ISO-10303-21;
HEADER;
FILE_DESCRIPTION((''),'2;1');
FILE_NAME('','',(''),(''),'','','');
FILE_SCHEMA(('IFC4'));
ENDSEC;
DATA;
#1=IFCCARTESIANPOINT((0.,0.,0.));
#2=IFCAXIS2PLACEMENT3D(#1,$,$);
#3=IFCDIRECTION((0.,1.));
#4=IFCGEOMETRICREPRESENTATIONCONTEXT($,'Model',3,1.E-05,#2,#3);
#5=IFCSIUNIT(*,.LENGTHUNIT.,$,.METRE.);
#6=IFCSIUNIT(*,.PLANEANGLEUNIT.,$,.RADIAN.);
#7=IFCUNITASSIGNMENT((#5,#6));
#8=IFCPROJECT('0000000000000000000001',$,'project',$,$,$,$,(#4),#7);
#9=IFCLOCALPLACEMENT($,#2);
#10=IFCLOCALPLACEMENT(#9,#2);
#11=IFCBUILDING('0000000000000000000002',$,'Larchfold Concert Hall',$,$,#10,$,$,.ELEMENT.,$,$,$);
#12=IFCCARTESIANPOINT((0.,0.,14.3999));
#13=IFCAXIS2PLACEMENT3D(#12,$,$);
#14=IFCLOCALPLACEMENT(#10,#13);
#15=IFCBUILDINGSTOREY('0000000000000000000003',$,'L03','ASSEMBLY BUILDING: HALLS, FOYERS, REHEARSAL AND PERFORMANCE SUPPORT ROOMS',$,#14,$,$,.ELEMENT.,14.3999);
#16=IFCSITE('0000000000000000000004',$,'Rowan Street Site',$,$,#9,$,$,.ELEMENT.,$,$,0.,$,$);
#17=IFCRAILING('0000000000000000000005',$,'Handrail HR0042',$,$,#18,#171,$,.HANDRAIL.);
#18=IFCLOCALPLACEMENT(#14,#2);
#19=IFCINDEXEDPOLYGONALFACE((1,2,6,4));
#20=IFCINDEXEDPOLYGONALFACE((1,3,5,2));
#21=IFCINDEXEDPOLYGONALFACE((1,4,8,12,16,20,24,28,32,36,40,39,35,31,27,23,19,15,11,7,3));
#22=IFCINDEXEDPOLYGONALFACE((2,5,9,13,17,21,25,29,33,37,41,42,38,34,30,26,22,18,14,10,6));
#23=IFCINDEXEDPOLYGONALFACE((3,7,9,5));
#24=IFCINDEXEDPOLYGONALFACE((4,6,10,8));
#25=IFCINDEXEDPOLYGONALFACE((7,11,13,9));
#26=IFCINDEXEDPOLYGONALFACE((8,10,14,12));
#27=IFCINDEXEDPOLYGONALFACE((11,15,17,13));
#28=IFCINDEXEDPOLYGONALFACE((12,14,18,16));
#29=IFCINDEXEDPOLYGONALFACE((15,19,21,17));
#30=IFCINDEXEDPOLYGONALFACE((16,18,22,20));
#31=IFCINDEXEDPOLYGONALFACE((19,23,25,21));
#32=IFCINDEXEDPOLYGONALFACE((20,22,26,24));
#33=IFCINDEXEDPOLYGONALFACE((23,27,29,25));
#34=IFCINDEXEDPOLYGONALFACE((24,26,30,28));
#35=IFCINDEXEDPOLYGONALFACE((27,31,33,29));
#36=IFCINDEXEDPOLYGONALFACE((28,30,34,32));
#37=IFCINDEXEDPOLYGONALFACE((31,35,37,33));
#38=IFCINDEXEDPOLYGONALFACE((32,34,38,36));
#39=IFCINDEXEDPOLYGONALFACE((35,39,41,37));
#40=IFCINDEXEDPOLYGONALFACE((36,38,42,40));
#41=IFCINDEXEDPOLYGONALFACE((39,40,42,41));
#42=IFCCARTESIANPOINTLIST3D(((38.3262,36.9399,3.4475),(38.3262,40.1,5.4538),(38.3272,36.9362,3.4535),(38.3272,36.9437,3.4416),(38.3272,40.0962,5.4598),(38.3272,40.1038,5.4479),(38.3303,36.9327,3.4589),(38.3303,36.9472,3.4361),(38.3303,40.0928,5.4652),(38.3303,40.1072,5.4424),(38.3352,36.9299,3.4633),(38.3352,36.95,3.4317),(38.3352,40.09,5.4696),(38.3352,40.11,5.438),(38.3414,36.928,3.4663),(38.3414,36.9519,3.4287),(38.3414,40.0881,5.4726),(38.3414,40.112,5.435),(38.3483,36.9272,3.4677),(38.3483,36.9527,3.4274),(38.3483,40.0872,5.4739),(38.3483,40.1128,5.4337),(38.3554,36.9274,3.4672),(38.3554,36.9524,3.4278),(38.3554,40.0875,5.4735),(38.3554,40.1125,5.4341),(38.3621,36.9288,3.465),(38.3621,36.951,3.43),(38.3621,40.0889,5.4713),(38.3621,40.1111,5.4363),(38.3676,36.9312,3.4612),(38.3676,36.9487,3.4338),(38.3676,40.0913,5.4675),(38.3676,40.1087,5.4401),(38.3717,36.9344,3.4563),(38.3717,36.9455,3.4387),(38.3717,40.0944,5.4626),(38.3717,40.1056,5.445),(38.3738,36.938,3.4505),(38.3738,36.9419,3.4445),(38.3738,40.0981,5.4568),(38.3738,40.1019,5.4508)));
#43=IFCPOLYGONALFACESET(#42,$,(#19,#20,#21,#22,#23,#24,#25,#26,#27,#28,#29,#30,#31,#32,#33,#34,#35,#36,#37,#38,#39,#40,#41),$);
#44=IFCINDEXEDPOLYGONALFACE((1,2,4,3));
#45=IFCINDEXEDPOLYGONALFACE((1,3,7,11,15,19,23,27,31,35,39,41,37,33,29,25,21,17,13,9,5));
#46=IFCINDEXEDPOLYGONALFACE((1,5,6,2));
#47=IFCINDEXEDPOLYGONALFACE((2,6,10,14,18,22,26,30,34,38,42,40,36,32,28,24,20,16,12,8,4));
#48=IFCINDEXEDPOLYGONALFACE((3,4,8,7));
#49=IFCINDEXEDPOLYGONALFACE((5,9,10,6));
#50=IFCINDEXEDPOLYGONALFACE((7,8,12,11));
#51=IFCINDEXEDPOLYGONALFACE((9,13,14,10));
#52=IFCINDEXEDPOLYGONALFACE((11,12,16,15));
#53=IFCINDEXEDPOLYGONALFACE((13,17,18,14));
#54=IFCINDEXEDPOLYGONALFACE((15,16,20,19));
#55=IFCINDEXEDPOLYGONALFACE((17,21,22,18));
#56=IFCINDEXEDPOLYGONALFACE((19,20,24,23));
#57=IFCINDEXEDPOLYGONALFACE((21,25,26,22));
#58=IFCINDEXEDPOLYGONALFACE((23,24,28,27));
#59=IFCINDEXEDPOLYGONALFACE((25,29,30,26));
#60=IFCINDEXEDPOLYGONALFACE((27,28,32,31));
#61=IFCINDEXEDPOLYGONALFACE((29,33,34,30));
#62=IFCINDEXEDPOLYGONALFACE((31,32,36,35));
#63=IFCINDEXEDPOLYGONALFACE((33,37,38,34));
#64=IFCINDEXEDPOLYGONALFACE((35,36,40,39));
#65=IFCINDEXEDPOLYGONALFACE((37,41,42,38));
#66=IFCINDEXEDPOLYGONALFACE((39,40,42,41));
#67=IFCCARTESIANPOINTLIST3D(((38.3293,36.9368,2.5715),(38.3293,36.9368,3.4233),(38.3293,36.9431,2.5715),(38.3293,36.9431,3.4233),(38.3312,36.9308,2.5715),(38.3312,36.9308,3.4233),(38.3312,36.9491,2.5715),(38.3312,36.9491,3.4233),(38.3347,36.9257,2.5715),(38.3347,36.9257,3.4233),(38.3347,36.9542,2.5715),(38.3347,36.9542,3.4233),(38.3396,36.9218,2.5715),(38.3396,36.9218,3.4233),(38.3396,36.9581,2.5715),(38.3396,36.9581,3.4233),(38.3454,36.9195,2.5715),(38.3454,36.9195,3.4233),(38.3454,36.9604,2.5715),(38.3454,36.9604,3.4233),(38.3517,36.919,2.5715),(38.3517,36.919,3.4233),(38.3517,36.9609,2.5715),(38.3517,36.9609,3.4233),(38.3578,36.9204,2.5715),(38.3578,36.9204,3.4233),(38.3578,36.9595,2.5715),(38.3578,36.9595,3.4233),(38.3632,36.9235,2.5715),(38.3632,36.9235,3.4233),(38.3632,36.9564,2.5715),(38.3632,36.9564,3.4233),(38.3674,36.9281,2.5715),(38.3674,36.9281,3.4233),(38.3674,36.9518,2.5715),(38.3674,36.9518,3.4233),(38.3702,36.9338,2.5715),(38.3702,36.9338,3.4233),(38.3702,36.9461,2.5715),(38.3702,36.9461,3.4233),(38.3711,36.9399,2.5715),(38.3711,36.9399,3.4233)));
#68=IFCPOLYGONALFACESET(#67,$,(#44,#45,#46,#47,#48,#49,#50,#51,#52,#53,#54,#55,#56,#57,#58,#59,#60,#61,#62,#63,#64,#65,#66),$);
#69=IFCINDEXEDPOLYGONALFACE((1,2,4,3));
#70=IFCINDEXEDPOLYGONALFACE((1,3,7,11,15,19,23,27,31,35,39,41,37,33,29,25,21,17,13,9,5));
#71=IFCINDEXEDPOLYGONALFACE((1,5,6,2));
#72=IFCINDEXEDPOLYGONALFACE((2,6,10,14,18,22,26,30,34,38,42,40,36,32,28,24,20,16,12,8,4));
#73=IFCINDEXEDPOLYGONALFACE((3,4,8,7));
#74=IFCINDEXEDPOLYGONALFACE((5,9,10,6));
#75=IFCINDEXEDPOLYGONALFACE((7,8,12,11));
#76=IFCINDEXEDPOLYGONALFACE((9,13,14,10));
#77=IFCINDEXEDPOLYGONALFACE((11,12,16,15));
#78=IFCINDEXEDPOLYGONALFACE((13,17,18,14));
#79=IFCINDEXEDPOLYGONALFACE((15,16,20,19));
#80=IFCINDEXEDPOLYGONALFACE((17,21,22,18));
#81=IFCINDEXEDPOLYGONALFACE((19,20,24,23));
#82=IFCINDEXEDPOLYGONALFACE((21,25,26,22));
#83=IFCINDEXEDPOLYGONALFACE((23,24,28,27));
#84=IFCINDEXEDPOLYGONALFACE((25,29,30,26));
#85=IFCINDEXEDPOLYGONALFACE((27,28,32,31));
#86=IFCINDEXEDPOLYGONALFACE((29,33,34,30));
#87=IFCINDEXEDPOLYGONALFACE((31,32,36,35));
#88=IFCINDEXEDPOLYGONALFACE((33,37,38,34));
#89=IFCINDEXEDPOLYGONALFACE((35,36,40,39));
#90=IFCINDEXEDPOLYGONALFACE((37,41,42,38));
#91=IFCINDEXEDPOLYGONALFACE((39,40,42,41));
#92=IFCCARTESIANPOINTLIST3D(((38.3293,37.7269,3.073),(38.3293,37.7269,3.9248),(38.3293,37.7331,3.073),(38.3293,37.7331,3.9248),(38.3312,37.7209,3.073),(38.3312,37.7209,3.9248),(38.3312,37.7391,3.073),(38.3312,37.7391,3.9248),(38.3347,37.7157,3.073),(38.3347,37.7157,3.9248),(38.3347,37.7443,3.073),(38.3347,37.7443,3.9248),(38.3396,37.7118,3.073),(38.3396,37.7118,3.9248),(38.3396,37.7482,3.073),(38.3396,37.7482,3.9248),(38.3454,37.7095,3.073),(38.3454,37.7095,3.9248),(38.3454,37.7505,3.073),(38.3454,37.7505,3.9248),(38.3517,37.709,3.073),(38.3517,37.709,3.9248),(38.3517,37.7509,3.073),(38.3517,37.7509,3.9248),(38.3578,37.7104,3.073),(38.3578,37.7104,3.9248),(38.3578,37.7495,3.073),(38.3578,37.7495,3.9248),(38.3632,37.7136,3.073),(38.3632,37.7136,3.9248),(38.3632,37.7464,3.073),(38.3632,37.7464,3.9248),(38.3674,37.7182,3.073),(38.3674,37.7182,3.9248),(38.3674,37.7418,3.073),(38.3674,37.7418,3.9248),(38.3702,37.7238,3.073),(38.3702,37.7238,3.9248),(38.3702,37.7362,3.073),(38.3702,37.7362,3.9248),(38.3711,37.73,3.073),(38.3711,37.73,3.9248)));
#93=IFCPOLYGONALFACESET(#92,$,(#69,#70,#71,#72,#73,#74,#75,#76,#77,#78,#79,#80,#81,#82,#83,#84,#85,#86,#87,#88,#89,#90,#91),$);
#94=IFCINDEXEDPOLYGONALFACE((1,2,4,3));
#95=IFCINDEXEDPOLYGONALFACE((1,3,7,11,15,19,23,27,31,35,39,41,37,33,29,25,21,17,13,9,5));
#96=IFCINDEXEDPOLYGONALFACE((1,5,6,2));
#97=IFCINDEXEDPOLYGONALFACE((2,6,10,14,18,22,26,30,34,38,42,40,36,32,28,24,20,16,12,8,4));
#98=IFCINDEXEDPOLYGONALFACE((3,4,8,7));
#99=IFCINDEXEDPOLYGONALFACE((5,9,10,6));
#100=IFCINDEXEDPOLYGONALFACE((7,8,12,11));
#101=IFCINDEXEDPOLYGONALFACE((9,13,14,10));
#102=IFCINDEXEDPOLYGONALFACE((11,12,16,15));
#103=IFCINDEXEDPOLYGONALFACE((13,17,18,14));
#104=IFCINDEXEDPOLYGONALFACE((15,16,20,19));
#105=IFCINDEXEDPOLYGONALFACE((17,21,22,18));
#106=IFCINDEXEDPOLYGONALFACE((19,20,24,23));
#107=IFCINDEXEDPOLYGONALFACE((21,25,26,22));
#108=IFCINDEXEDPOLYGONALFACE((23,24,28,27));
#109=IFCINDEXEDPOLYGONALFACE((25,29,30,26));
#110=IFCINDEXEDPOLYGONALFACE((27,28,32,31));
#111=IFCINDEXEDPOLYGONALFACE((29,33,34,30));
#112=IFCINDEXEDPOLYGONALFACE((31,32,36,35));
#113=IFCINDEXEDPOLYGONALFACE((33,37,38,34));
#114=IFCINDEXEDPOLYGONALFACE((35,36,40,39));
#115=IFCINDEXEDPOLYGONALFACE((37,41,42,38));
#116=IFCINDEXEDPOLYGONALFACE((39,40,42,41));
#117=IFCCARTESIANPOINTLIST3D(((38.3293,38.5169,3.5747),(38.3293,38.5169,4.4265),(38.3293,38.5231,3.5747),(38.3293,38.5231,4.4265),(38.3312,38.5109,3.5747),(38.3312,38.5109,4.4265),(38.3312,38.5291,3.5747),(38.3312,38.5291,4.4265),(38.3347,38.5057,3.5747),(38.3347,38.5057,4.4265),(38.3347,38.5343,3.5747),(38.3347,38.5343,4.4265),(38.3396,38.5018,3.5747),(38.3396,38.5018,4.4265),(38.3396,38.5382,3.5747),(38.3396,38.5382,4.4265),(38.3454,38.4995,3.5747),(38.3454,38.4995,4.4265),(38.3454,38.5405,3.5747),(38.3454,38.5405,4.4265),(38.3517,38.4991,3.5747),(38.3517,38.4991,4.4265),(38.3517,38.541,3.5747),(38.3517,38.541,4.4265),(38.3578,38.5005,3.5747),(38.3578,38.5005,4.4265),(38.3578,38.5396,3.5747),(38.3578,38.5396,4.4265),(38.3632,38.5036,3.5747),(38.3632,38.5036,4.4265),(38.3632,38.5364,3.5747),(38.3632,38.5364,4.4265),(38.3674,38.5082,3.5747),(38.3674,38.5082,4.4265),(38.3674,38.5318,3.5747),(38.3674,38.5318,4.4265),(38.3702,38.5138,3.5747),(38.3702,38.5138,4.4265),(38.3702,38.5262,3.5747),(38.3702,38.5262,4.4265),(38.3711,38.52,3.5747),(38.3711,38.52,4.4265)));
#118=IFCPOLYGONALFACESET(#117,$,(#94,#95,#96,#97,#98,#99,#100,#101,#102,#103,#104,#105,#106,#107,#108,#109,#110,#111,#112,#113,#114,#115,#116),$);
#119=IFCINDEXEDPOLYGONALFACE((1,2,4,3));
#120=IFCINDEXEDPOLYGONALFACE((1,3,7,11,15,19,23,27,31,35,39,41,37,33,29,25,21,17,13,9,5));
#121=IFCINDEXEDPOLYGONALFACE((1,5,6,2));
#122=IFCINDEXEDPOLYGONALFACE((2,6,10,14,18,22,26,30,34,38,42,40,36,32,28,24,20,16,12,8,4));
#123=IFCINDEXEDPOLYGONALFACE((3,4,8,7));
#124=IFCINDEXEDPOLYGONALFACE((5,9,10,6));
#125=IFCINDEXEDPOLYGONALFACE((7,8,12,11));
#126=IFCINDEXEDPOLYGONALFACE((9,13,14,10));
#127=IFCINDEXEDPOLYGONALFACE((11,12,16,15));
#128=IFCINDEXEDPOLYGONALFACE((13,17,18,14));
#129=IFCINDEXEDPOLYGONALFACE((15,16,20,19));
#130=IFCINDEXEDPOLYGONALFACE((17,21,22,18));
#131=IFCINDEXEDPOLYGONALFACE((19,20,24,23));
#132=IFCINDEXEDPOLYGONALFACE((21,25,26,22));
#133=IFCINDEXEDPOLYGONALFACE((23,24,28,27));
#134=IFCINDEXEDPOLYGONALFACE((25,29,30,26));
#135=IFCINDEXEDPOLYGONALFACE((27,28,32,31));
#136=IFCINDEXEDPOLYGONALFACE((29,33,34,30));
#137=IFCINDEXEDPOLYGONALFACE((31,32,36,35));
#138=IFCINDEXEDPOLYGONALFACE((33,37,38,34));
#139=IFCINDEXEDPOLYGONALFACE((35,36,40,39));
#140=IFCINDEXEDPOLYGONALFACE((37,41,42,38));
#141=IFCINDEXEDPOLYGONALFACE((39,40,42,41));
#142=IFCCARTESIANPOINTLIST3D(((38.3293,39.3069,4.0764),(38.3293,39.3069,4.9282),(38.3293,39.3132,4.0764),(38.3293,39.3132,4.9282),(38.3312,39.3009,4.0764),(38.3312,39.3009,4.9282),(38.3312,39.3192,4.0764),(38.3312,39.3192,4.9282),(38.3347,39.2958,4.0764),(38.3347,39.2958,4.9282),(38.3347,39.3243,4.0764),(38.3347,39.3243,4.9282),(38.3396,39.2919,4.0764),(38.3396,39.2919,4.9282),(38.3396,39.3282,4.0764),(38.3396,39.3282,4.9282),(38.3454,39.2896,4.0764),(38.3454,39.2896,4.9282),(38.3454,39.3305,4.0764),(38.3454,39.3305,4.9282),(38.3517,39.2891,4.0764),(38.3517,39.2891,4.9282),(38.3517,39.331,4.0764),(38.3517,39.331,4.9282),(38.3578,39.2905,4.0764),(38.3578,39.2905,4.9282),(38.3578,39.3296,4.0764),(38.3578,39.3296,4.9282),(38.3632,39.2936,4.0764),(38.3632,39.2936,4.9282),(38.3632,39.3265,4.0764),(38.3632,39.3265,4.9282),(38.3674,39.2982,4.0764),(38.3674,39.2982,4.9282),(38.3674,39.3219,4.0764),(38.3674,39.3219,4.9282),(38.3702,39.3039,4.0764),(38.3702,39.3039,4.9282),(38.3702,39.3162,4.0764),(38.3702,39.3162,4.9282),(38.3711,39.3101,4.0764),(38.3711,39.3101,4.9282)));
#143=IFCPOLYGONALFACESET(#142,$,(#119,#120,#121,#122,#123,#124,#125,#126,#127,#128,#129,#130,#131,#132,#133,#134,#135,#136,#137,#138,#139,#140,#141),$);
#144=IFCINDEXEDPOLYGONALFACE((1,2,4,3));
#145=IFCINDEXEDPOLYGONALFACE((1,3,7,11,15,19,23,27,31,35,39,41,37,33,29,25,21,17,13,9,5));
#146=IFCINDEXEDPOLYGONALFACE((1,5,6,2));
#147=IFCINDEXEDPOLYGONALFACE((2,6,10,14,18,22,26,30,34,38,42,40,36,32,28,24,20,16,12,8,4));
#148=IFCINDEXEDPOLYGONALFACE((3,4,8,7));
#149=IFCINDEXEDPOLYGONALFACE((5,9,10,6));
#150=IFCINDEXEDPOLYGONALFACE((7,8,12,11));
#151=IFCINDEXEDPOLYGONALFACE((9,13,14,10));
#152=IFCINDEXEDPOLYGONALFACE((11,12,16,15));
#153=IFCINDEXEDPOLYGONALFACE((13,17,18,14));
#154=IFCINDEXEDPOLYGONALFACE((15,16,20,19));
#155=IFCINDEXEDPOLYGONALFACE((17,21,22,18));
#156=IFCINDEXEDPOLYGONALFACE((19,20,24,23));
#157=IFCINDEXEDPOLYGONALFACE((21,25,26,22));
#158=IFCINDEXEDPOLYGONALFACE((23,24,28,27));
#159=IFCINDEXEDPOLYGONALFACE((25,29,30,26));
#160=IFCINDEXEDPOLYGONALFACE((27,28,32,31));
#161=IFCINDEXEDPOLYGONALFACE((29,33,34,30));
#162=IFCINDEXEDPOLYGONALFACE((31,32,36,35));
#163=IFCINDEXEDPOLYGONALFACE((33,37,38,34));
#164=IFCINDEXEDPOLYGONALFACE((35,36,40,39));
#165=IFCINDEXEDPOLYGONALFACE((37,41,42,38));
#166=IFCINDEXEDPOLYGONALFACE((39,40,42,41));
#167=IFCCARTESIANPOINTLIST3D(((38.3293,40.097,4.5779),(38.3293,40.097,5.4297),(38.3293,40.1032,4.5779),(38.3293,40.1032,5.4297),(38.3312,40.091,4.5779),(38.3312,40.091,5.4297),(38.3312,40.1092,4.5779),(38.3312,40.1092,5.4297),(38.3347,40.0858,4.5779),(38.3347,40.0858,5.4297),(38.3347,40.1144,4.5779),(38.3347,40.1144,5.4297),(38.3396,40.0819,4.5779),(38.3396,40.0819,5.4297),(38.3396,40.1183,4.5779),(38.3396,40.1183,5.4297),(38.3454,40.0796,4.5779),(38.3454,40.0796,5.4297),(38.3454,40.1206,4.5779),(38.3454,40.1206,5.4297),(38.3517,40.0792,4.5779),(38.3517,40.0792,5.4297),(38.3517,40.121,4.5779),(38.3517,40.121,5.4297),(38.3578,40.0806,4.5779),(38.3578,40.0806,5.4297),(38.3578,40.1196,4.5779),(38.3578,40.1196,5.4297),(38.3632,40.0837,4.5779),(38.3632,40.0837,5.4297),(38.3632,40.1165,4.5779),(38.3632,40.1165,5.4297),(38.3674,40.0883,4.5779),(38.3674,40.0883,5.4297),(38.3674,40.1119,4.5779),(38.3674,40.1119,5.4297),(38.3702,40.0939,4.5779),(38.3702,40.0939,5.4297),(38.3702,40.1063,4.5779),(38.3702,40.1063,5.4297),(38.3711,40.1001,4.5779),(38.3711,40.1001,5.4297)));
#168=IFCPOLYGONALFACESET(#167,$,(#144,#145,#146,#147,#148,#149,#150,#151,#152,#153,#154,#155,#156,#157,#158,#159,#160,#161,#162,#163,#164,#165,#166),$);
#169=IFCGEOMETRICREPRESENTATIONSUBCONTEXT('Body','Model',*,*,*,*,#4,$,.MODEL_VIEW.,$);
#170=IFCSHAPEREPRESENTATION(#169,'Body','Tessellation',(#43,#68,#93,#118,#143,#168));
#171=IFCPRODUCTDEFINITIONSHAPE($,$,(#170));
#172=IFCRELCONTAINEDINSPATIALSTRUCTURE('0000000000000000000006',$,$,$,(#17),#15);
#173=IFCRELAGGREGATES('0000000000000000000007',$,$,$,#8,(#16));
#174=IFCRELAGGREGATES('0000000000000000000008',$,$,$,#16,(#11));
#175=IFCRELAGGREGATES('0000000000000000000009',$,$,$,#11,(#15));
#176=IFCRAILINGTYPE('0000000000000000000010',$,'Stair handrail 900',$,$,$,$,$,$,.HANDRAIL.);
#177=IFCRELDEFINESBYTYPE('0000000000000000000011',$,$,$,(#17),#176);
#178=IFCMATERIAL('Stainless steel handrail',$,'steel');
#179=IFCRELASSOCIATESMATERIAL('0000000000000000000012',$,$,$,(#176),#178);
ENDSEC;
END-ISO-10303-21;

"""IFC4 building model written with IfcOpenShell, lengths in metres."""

from ifc_helpers import new_model, si_unit, direction, frame, origin, origin_2d, place, context, subcontext, project, spatial, circle, extrude, material, type_object, element, save


model = new_model("IFC4")

# Units and contexts
model_context = context("Model", 3, precision=1e-05, world=origin(), true_north=direction((0.0, 1.0)))
body_context = subcontext(model_context, "Body", "Model", "MODEL_VIEW")
ifc_project = project(units=[si_unit("LENGTHUNIT", "METRE"), si_unit("PLANEANGLEUNIT", "RADIAN")], contexts=[model_context])

# Site, building, storey
site_placement = place(None, origin())
site = spatial("IfcSite", under=ifc_project, at=site_placement, Name="Rowan Street Site", CompositionType="ELEMENT", RefElevation=0.0)
building_placement = place(site_placement, origin())
building = spatial("IfcBuilding", under=site, at=building_placement, Name="Larchfold Concert Hall", CompositionType="ELEMENT")
storey_placement = place(building_placement, frame((0.0, 0.0, 14.3999)))
storey = spatial("IfcBuildingStorey", under=building, at=storey_placement, Name="L03", Description="ASSEMBLY BUILDING: HALLS, FOYERS, REHEARSAL AND PERFORMANCE SUPPORT ROOMS", CompositionType="ELEMENT", Elevation=14.3999)

# Railing
ifc_material_1 = material(Name="Stainless steel handrail", Category="steel")
railing_type_1 = type_object("IfcRailingType", Name="Stair handrail 900", PredefinedType="HANDRAIL", material=ifc_material_1)
railing_1_placement = place(storey_placement, frame((38.3501, 36.9399, 2.5715)))
element("IfcRailing", 1, at=railing_1_placement, inside=storey, type_object=railing_type_1, Name="Handrail HR0042", PredefinedType="HANDRAIL", context=body_context, shape_type="SweptSolid", body=[
    extrude(circle(Radius=0.0239, at=origin_2d()), frame((0.0, 0.0, 0.876), z_axis=(0.0, 0.844225, 0.535989), x_axis=(-1.0, 0.0, 0.0)), (0.0, 0.0, 1.0), 3.7432),
    extrude(circle(Radius=0.021, at=origin_2d()), origin(), (0.0, 0.0, 1.0), 0.8518),
    extrude(circle(Radius=0.021, at=origin_2d()), frame((0.0, 0.79, 0.5015)), (0.0, 0.0, 1.0), 0.8518),
    extrude(circle(Radius=0.021, at=origin_2d()), frame((0.0, 1.5801, 1.0032)), (0.0, 0.0, 1.0), 0.8518),
    extrude(circle(Radius=0.021, at=origin_2d()), frame((0.0, 2.3701, 1.5049)), (0.0, 0.0, 1.0), 0.8518),
    extrude(circle(Radius=0.021, at=origin_2d()), frame((0.0, 3.1602, 2.0063)), (0.0, 0.0, 1.0), 0.8518),
])

save(model, "model.ifc")
